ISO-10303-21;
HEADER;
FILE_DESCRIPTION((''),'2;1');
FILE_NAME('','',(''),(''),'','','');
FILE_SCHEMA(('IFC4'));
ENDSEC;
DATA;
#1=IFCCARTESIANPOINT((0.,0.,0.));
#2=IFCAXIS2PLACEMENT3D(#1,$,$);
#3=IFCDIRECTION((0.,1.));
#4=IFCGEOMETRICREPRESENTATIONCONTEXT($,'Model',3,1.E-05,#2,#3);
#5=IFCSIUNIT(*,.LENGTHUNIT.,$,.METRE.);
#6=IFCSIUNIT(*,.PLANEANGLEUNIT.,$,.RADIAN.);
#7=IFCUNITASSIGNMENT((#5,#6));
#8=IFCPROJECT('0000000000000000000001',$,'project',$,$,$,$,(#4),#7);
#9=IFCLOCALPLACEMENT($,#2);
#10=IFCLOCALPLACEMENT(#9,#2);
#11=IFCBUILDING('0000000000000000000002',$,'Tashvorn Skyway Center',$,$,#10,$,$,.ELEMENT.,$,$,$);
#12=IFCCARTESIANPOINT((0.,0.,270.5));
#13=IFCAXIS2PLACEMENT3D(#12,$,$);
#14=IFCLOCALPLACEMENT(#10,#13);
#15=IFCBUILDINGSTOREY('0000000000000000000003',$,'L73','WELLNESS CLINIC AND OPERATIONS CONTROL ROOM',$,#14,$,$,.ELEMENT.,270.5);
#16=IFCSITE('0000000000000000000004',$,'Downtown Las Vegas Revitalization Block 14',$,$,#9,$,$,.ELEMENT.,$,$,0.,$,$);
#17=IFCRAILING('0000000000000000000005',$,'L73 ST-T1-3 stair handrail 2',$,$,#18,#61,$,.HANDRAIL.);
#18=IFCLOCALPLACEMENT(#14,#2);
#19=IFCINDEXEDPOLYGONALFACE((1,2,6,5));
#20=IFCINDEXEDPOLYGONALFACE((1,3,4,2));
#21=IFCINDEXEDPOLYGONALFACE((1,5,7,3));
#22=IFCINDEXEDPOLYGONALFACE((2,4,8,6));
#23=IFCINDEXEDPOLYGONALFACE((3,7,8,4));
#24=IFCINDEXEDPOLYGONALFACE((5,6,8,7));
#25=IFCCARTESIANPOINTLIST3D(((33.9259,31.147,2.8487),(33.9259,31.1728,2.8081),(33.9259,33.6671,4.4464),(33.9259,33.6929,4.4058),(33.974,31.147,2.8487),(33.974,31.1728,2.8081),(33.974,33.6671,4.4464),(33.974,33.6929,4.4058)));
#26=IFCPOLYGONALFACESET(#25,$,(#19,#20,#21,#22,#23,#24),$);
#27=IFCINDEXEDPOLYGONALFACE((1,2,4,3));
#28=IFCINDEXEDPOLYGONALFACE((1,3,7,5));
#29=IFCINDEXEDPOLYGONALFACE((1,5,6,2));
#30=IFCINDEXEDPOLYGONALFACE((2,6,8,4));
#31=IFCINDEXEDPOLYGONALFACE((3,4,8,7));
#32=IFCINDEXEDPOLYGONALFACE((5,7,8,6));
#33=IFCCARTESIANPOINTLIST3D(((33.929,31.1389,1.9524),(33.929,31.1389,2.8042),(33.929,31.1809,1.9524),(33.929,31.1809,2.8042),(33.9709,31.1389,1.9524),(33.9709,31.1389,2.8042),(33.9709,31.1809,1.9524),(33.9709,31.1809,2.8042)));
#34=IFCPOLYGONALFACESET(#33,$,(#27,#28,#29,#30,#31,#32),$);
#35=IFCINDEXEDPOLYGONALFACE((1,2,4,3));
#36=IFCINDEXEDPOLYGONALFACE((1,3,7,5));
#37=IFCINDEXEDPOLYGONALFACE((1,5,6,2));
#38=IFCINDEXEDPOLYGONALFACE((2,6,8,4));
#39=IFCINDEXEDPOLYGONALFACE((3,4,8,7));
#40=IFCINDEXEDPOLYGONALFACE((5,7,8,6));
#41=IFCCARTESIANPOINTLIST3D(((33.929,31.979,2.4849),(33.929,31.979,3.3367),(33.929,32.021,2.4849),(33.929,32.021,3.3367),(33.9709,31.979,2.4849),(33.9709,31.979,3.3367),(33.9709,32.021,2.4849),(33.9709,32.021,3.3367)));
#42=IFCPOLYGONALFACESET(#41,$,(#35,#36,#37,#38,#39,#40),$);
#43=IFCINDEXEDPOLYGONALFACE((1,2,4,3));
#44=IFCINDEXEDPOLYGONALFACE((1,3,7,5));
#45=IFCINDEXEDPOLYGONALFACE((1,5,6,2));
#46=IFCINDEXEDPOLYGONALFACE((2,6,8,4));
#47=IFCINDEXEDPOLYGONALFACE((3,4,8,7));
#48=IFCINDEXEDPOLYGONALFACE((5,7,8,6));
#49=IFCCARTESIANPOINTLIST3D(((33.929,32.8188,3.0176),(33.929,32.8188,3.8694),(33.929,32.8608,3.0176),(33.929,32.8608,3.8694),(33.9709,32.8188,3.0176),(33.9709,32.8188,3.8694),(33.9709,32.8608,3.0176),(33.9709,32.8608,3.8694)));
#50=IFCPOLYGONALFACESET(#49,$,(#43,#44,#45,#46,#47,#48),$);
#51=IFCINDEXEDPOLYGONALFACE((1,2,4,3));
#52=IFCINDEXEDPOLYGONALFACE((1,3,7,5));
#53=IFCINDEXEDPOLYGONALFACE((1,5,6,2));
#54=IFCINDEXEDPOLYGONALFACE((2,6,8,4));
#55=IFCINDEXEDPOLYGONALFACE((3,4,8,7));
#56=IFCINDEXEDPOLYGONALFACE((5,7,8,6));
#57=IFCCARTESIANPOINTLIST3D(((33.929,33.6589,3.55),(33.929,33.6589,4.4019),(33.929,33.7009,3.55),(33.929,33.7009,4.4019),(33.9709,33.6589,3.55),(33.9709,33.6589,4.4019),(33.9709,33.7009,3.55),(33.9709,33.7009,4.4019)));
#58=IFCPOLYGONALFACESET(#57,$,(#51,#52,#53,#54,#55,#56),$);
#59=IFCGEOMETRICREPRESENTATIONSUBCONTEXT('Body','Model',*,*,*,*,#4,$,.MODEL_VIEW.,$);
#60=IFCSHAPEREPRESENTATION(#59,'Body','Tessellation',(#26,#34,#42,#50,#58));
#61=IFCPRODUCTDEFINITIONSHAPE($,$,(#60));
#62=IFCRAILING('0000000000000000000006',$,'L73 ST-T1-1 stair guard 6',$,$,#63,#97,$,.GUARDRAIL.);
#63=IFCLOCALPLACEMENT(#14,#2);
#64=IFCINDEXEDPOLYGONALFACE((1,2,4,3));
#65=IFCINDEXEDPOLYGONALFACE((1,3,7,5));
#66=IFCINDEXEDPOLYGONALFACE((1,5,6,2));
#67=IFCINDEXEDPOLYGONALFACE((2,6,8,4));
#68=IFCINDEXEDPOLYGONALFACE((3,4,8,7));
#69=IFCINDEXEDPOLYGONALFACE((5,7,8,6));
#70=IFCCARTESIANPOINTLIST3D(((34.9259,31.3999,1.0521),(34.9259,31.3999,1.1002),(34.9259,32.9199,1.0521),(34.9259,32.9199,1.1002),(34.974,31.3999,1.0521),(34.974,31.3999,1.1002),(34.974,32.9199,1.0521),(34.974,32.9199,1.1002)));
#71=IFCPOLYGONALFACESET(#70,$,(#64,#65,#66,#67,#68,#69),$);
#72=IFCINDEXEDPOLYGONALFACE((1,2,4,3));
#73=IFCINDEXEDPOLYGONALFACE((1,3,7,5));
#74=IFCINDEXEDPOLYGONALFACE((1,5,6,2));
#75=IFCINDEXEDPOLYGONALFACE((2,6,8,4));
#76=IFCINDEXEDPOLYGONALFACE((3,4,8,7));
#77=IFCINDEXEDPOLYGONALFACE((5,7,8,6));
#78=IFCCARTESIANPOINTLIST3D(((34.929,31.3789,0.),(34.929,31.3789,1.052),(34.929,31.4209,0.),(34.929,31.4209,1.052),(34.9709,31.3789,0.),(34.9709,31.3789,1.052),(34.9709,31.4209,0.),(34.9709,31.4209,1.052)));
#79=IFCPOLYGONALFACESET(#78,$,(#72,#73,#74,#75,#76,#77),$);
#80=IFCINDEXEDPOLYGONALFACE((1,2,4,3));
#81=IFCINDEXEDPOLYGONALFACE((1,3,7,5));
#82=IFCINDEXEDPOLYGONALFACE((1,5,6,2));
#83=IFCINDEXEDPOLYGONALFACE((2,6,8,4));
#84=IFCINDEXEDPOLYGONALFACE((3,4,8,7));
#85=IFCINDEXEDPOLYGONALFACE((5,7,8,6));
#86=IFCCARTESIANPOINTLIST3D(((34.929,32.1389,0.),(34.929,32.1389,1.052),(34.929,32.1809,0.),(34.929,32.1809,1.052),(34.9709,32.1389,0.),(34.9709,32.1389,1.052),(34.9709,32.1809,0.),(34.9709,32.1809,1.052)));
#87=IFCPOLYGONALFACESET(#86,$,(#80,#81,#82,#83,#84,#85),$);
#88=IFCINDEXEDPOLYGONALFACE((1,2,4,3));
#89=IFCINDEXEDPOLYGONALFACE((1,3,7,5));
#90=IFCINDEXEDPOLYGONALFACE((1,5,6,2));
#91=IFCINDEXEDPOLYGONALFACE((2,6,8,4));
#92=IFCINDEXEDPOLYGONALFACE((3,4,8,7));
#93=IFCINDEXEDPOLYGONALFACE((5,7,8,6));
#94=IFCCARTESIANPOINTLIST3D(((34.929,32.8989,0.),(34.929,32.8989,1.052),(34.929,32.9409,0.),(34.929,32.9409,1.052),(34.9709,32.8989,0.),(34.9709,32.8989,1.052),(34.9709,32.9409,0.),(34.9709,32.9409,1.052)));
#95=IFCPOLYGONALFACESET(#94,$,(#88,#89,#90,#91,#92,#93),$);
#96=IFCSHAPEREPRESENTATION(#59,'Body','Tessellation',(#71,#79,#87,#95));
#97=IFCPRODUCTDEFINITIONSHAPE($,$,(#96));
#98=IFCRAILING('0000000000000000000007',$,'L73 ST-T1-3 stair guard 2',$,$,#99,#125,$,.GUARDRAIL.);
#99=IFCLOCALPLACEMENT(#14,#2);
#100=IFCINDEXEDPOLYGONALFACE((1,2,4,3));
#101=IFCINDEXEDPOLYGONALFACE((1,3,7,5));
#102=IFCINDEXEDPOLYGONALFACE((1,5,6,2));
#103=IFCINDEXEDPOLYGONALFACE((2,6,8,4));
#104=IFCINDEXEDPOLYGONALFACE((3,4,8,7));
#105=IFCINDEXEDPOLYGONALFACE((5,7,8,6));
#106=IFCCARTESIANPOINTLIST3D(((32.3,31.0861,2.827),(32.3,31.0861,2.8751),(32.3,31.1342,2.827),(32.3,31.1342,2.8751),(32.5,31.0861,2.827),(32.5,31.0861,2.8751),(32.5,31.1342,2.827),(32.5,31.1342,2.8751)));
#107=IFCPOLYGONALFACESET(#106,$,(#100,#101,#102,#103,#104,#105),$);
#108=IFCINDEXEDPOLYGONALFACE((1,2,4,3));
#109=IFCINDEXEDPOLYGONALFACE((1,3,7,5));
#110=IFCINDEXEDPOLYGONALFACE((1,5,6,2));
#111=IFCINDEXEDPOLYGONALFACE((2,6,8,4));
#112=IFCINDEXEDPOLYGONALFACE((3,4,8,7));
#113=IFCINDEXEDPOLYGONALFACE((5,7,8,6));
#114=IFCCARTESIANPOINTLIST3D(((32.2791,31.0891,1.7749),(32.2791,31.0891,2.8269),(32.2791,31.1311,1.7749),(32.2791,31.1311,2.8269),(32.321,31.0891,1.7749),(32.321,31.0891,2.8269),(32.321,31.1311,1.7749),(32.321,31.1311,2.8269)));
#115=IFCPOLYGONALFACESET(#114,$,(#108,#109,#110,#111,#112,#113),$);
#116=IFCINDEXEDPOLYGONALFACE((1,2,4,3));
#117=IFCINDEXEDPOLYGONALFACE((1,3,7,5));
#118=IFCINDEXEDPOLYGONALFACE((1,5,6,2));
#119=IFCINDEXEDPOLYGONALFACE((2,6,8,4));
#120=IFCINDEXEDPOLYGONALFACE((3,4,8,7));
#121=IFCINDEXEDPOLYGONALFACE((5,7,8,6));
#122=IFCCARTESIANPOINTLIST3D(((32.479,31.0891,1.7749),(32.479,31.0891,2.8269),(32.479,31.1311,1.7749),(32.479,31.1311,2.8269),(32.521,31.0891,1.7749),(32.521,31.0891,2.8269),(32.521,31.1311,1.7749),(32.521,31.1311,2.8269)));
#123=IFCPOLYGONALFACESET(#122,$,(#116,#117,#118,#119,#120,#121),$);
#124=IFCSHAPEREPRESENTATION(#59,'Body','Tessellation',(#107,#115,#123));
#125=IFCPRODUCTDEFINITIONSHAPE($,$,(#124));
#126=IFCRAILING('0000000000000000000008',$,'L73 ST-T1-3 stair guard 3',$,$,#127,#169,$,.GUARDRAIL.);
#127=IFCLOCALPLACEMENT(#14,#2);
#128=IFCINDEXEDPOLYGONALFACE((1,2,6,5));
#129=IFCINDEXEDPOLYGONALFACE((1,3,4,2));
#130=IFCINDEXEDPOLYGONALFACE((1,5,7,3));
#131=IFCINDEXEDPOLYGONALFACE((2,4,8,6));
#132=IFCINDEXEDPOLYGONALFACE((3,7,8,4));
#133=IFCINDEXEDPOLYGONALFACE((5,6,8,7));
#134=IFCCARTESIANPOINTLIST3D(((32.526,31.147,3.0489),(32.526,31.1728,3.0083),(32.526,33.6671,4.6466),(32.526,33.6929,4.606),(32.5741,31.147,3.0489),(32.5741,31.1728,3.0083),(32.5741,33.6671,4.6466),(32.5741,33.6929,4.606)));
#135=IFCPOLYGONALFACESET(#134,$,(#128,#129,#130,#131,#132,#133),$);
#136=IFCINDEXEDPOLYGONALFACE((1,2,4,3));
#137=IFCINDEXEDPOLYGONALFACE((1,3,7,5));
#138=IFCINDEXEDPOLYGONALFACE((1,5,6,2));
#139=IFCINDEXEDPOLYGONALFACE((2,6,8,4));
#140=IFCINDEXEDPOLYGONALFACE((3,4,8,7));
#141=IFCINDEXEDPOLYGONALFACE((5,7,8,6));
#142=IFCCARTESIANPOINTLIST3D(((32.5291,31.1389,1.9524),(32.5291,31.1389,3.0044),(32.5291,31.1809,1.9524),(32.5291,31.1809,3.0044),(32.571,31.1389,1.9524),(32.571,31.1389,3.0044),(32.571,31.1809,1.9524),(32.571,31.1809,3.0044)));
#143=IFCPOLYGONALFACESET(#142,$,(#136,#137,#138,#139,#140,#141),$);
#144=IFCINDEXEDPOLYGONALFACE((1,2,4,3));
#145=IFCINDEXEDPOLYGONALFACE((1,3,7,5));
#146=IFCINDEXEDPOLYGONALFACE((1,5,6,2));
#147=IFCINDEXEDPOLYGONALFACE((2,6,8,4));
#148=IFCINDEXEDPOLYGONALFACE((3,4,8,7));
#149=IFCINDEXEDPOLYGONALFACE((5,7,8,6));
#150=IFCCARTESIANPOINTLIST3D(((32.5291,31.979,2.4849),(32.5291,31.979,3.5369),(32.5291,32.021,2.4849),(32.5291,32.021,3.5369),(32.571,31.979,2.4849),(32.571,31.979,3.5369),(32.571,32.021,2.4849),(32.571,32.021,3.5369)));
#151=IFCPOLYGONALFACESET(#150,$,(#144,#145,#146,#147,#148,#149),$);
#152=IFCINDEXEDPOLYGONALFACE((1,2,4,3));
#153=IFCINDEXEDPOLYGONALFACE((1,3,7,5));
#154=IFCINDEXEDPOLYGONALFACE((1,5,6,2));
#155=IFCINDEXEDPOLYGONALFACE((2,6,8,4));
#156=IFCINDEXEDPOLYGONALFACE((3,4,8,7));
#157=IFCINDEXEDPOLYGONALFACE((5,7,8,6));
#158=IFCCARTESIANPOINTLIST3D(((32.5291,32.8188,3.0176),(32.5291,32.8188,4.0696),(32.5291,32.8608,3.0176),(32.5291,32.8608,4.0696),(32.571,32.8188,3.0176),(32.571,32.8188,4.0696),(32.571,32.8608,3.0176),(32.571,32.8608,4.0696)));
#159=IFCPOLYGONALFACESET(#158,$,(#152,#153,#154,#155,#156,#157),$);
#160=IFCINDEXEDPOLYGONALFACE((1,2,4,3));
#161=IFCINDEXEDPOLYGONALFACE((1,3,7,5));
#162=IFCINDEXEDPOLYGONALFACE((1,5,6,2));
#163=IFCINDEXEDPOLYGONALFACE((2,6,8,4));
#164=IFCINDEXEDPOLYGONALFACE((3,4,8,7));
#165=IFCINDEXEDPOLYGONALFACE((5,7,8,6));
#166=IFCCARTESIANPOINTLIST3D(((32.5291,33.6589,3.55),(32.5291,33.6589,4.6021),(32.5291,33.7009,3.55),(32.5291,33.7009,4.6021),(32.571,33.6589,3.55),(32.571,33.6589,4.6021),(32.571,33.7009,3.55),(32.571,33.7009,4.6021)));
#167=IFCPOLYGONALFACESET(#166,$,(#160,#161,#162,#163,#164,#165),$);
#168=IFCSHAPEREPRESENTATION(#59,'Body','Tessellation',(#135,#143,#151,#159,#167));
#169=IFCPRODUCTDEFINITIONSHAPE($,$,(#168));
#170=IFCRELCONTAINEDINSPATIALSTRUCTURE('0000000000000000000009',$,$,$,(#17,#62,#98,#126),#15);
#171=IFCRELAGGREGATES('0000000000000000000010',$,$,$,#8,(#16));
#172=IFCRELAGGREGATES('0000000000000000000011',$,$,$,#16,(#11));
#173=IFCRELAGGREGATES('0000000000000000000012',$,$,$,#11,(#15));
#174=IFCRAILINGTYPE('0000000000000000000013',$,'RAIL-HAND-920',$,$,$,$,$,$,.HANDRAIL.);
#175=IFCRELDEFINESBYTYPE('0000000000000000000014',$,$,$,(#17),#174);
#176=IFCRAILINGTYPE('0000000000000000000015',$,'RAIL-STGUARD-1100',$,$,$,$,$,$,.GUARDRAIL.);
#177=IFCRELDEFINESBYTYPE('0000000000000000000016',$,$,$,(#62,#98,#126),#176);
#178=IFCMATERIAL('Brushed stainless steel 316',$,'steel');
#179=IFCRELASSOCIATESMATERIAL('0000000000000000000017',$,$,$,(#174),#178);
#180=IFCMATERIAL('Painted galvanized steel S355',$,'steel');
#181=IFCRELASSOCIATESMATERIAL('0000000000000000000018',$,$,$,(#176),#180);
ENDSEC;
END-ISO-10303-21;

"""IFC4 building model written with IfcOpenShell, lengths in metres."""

from ifc_helpers import new_model, si_unit, direction, frame, origin, origin_2d, place, context, subcontext, project, spatial, rectangle, extrude, material, type_object, element, save


model = new_model("IFC4")

# Units and contexts
model_context = context("Model", 3, precision=1e-05, world=origin(), true_north=direction((0.0, 1.0)))
body_context = subcontext(model_context, "Body", "Model", "MODEL_VIEW")
ifc_project = project(units=[si_unit("LENGTHUNIT", "METRE"), si_unit("PLANEANGLEUNIT", "RADIAN")], contexts=[model_context])

# Site, building, storey
site_placement = place(None, origin())
site = spatial("IfcSite", under=ifc_project, at=site_placement, Name="Downtown Las Vegas Revitalization Block 14", CompositionType="ELEMENT", RefElevation=0.0)
building_placement = place(site_placement, origin())
building = spatial("IfcBuilding", under=site, at=building_placement, Name="Tashvorn Skyway Center", CompositionType="ELEMENT")
storey_placement = place(building_placement, frame((0.0, 0.0, 270.5)))
storey = spatial("IfcBuildingStorey", under=building, at=storey_placement, Name="L73", Description="WELLNESS CLINIC AND OPERATIONS CONTROL ROOM", CompositionType="ELEMENT", Elevation=270.5)

# Railings
ifc_material_1 = material(Name="Brushed stainless steel 316", Category="steel")
railing_type_1 = type_object("IfcRailingType", Name="RAIL-HAND-920", PredefinedType="HANDRAIL", material=ifc_material_1)
railing_1_placement = place(storey_placement, frame((33.95, 31.1599, 1.9524)))
element("IfcRailing", 1, at=railing_1_placement, inside=storey, type_object=railing_type_1, Name="L73 ST-T1-3 stair handrail 2", PredefinedType="HANDRAIL", context=body_context, shape_type="SweptSolid", body=[
    extrude(rectangle(XDim=0.0481, YDim=0.0481, at=origin_2d()), frame((0.0, 0.0, 0.876), z_axis=(0.0, 0.84457, 0.535445), x_axis=(-1.0, 0.0, 0.0)), (0.0, 0.0, 1.0), 2.9839),
    extrude(rectangle(XDim=0.042, YDim=0.042, at=origin_2d()), origin(), (0.0, 0.0, 1.0), 0.8518),
    extrude(rectangle(XDim=0.042, YDim=0.042, at=origin_2d()), frame((0.0, 0.8401, 0.5325)), (0.0, 0.0, 1.0), 0.8518),
    extrude(rectangle(XDim=0.042, YDim=0.042, at=origin_2d()), frame((0.0, 1.6799, 1.0652)), (0.0, 0.0, 1.0), 0.8518),
    extrude(rectangle(XDim=0.042, YDim=0.042, at=origin_2d()), frame((0.0, 2.52, 1.5977)), (0.0, 0.0, 1.0), 0.8518),
])
ifc_material_2 = material(Name="Painted galvanized steel S355", Category="steel")
railing_type_2 = type_object("IfcRailingType", Name="RAIL-STGUARD-1100", PredefinedType="GUARDRAIL", material=ifc_material_2)
railing_2_placement = place(storey_placement, frame((34.95, 31.3999, 0.0)))
element("IfcRailing", 2, at=railing_2_placement, inside=storey, type_object=railing_type_2, Name="L73 ST-T1-1 stair guard 6", PredefinedType="GUARDRAIL", context=body_context, shape_type="SweptSolid", body=[
    extrude(rectangle(XDim=0.0481, YDim=0.0481, at=origin_2d()), frame((0.0, 0.0, 1.0762), z_axis=(0.0, 1.0, 0.0), x_axis=(-1.0, 0.0, 0.0)), (0.0, 0.0, 1.0), 1.52),
    extrude(rectangle(XDim=0.042, YDim=0.042, at=origin_2d()), origin(), (0.0, 0.0, 1.0), 1.052),
    extrude(rectangle(XDim=0.042, YDim=0.042, at=origin_2d()), frame((0.0, 0.76, 0.0)), (0.0, 0.0, 1.0), 1.052),
    extrude(rectangle(XDim=0.042, YDim=0.042, at=origin_2d()), frame((0.0, 1.52, 0.0)), (0.0, 0.0, 1.0), 1.052),
])
railing_3_placement = place(storey_placement, frame((32.3, 31.1101, 1.7749)))
element("IfcRailing", 3, at=railing_3_placement, inside=storey, type_object=railing_type_2, Name="L73 ST-T1-3 stair guard 2", PredefinedType="GUARDRAIL", context=body_context, shape_type="SweptSolid", body=[
    extrude(rectangle(XDim=0.0481, YDim=0.0481, at=origin_2d()), frame((0.0, 0.0, 1.0762), z_axis=(1.0, 0.0, 0.0), x_axis=(0.0, 1.0, 0.0)), (0.0, 0.0, 1.0), 0.2),
    extrude(rectangle(XDim=0.042, YDim=0.042, at=origin_2d()), origin(), (0.0, 0.0, 1.0), 1.052),
    extrude(rectangle(XDim=0.042, YDim=0.042, at=origin_2d()), frame((0.2, 0.0, 0.0)), (0.0, 0.0, 1.0), 1.052),
])
railing_4_placement = place(storey_placement, frame((32.55, 31.1599, 1.9524)))
element("IfcRailing", 4, at=railing_4_placement, inside=storey, type_object=railing_type_2, Name="L73 ST-T1-3 stair guard 3", PredefinedType="GUARDRAIL", context=body_context, shape_type="SweptSolid", body=[
    extrude(rectangle(XDim=0.0481, YDim=0.0481, at=origin_2d()), frame((0.0, 0.0, 1.0762), z_axis=(0.0, 0.84457, 0.535445), x_axis=(-1.0, 0.0, 0.0)), (0.0, 0.0, 1.0), 2.9839),
    extrude(rectangle(XDim=0.042, YDim=0.042, at=origin_2d()), origin(), (0.0, 0.0, 1.0), 1.052),
    extrude(rectangle(XDim=0.042, YDim=0.042, at=origin_2d()), frame((0.0, 0.8401, 0.5325)), (0.0, 0.0, 1.0), 1.052),
    extrude(rectangle(XDim=0.042, YDim=0.042, at=origin_2d()), frame((0.0, 1.6799, 1.0652)), (0.0, 0.0, 1.0), 1.052),
    extrude(rectangle(XDim=0.042, YDim=0.042, at=origin_2d()), frame((0.0, 2.52, 1.5977)), (0.0, 0.0, 1.0), 1.052),
])

save(model, "model.ifc")
